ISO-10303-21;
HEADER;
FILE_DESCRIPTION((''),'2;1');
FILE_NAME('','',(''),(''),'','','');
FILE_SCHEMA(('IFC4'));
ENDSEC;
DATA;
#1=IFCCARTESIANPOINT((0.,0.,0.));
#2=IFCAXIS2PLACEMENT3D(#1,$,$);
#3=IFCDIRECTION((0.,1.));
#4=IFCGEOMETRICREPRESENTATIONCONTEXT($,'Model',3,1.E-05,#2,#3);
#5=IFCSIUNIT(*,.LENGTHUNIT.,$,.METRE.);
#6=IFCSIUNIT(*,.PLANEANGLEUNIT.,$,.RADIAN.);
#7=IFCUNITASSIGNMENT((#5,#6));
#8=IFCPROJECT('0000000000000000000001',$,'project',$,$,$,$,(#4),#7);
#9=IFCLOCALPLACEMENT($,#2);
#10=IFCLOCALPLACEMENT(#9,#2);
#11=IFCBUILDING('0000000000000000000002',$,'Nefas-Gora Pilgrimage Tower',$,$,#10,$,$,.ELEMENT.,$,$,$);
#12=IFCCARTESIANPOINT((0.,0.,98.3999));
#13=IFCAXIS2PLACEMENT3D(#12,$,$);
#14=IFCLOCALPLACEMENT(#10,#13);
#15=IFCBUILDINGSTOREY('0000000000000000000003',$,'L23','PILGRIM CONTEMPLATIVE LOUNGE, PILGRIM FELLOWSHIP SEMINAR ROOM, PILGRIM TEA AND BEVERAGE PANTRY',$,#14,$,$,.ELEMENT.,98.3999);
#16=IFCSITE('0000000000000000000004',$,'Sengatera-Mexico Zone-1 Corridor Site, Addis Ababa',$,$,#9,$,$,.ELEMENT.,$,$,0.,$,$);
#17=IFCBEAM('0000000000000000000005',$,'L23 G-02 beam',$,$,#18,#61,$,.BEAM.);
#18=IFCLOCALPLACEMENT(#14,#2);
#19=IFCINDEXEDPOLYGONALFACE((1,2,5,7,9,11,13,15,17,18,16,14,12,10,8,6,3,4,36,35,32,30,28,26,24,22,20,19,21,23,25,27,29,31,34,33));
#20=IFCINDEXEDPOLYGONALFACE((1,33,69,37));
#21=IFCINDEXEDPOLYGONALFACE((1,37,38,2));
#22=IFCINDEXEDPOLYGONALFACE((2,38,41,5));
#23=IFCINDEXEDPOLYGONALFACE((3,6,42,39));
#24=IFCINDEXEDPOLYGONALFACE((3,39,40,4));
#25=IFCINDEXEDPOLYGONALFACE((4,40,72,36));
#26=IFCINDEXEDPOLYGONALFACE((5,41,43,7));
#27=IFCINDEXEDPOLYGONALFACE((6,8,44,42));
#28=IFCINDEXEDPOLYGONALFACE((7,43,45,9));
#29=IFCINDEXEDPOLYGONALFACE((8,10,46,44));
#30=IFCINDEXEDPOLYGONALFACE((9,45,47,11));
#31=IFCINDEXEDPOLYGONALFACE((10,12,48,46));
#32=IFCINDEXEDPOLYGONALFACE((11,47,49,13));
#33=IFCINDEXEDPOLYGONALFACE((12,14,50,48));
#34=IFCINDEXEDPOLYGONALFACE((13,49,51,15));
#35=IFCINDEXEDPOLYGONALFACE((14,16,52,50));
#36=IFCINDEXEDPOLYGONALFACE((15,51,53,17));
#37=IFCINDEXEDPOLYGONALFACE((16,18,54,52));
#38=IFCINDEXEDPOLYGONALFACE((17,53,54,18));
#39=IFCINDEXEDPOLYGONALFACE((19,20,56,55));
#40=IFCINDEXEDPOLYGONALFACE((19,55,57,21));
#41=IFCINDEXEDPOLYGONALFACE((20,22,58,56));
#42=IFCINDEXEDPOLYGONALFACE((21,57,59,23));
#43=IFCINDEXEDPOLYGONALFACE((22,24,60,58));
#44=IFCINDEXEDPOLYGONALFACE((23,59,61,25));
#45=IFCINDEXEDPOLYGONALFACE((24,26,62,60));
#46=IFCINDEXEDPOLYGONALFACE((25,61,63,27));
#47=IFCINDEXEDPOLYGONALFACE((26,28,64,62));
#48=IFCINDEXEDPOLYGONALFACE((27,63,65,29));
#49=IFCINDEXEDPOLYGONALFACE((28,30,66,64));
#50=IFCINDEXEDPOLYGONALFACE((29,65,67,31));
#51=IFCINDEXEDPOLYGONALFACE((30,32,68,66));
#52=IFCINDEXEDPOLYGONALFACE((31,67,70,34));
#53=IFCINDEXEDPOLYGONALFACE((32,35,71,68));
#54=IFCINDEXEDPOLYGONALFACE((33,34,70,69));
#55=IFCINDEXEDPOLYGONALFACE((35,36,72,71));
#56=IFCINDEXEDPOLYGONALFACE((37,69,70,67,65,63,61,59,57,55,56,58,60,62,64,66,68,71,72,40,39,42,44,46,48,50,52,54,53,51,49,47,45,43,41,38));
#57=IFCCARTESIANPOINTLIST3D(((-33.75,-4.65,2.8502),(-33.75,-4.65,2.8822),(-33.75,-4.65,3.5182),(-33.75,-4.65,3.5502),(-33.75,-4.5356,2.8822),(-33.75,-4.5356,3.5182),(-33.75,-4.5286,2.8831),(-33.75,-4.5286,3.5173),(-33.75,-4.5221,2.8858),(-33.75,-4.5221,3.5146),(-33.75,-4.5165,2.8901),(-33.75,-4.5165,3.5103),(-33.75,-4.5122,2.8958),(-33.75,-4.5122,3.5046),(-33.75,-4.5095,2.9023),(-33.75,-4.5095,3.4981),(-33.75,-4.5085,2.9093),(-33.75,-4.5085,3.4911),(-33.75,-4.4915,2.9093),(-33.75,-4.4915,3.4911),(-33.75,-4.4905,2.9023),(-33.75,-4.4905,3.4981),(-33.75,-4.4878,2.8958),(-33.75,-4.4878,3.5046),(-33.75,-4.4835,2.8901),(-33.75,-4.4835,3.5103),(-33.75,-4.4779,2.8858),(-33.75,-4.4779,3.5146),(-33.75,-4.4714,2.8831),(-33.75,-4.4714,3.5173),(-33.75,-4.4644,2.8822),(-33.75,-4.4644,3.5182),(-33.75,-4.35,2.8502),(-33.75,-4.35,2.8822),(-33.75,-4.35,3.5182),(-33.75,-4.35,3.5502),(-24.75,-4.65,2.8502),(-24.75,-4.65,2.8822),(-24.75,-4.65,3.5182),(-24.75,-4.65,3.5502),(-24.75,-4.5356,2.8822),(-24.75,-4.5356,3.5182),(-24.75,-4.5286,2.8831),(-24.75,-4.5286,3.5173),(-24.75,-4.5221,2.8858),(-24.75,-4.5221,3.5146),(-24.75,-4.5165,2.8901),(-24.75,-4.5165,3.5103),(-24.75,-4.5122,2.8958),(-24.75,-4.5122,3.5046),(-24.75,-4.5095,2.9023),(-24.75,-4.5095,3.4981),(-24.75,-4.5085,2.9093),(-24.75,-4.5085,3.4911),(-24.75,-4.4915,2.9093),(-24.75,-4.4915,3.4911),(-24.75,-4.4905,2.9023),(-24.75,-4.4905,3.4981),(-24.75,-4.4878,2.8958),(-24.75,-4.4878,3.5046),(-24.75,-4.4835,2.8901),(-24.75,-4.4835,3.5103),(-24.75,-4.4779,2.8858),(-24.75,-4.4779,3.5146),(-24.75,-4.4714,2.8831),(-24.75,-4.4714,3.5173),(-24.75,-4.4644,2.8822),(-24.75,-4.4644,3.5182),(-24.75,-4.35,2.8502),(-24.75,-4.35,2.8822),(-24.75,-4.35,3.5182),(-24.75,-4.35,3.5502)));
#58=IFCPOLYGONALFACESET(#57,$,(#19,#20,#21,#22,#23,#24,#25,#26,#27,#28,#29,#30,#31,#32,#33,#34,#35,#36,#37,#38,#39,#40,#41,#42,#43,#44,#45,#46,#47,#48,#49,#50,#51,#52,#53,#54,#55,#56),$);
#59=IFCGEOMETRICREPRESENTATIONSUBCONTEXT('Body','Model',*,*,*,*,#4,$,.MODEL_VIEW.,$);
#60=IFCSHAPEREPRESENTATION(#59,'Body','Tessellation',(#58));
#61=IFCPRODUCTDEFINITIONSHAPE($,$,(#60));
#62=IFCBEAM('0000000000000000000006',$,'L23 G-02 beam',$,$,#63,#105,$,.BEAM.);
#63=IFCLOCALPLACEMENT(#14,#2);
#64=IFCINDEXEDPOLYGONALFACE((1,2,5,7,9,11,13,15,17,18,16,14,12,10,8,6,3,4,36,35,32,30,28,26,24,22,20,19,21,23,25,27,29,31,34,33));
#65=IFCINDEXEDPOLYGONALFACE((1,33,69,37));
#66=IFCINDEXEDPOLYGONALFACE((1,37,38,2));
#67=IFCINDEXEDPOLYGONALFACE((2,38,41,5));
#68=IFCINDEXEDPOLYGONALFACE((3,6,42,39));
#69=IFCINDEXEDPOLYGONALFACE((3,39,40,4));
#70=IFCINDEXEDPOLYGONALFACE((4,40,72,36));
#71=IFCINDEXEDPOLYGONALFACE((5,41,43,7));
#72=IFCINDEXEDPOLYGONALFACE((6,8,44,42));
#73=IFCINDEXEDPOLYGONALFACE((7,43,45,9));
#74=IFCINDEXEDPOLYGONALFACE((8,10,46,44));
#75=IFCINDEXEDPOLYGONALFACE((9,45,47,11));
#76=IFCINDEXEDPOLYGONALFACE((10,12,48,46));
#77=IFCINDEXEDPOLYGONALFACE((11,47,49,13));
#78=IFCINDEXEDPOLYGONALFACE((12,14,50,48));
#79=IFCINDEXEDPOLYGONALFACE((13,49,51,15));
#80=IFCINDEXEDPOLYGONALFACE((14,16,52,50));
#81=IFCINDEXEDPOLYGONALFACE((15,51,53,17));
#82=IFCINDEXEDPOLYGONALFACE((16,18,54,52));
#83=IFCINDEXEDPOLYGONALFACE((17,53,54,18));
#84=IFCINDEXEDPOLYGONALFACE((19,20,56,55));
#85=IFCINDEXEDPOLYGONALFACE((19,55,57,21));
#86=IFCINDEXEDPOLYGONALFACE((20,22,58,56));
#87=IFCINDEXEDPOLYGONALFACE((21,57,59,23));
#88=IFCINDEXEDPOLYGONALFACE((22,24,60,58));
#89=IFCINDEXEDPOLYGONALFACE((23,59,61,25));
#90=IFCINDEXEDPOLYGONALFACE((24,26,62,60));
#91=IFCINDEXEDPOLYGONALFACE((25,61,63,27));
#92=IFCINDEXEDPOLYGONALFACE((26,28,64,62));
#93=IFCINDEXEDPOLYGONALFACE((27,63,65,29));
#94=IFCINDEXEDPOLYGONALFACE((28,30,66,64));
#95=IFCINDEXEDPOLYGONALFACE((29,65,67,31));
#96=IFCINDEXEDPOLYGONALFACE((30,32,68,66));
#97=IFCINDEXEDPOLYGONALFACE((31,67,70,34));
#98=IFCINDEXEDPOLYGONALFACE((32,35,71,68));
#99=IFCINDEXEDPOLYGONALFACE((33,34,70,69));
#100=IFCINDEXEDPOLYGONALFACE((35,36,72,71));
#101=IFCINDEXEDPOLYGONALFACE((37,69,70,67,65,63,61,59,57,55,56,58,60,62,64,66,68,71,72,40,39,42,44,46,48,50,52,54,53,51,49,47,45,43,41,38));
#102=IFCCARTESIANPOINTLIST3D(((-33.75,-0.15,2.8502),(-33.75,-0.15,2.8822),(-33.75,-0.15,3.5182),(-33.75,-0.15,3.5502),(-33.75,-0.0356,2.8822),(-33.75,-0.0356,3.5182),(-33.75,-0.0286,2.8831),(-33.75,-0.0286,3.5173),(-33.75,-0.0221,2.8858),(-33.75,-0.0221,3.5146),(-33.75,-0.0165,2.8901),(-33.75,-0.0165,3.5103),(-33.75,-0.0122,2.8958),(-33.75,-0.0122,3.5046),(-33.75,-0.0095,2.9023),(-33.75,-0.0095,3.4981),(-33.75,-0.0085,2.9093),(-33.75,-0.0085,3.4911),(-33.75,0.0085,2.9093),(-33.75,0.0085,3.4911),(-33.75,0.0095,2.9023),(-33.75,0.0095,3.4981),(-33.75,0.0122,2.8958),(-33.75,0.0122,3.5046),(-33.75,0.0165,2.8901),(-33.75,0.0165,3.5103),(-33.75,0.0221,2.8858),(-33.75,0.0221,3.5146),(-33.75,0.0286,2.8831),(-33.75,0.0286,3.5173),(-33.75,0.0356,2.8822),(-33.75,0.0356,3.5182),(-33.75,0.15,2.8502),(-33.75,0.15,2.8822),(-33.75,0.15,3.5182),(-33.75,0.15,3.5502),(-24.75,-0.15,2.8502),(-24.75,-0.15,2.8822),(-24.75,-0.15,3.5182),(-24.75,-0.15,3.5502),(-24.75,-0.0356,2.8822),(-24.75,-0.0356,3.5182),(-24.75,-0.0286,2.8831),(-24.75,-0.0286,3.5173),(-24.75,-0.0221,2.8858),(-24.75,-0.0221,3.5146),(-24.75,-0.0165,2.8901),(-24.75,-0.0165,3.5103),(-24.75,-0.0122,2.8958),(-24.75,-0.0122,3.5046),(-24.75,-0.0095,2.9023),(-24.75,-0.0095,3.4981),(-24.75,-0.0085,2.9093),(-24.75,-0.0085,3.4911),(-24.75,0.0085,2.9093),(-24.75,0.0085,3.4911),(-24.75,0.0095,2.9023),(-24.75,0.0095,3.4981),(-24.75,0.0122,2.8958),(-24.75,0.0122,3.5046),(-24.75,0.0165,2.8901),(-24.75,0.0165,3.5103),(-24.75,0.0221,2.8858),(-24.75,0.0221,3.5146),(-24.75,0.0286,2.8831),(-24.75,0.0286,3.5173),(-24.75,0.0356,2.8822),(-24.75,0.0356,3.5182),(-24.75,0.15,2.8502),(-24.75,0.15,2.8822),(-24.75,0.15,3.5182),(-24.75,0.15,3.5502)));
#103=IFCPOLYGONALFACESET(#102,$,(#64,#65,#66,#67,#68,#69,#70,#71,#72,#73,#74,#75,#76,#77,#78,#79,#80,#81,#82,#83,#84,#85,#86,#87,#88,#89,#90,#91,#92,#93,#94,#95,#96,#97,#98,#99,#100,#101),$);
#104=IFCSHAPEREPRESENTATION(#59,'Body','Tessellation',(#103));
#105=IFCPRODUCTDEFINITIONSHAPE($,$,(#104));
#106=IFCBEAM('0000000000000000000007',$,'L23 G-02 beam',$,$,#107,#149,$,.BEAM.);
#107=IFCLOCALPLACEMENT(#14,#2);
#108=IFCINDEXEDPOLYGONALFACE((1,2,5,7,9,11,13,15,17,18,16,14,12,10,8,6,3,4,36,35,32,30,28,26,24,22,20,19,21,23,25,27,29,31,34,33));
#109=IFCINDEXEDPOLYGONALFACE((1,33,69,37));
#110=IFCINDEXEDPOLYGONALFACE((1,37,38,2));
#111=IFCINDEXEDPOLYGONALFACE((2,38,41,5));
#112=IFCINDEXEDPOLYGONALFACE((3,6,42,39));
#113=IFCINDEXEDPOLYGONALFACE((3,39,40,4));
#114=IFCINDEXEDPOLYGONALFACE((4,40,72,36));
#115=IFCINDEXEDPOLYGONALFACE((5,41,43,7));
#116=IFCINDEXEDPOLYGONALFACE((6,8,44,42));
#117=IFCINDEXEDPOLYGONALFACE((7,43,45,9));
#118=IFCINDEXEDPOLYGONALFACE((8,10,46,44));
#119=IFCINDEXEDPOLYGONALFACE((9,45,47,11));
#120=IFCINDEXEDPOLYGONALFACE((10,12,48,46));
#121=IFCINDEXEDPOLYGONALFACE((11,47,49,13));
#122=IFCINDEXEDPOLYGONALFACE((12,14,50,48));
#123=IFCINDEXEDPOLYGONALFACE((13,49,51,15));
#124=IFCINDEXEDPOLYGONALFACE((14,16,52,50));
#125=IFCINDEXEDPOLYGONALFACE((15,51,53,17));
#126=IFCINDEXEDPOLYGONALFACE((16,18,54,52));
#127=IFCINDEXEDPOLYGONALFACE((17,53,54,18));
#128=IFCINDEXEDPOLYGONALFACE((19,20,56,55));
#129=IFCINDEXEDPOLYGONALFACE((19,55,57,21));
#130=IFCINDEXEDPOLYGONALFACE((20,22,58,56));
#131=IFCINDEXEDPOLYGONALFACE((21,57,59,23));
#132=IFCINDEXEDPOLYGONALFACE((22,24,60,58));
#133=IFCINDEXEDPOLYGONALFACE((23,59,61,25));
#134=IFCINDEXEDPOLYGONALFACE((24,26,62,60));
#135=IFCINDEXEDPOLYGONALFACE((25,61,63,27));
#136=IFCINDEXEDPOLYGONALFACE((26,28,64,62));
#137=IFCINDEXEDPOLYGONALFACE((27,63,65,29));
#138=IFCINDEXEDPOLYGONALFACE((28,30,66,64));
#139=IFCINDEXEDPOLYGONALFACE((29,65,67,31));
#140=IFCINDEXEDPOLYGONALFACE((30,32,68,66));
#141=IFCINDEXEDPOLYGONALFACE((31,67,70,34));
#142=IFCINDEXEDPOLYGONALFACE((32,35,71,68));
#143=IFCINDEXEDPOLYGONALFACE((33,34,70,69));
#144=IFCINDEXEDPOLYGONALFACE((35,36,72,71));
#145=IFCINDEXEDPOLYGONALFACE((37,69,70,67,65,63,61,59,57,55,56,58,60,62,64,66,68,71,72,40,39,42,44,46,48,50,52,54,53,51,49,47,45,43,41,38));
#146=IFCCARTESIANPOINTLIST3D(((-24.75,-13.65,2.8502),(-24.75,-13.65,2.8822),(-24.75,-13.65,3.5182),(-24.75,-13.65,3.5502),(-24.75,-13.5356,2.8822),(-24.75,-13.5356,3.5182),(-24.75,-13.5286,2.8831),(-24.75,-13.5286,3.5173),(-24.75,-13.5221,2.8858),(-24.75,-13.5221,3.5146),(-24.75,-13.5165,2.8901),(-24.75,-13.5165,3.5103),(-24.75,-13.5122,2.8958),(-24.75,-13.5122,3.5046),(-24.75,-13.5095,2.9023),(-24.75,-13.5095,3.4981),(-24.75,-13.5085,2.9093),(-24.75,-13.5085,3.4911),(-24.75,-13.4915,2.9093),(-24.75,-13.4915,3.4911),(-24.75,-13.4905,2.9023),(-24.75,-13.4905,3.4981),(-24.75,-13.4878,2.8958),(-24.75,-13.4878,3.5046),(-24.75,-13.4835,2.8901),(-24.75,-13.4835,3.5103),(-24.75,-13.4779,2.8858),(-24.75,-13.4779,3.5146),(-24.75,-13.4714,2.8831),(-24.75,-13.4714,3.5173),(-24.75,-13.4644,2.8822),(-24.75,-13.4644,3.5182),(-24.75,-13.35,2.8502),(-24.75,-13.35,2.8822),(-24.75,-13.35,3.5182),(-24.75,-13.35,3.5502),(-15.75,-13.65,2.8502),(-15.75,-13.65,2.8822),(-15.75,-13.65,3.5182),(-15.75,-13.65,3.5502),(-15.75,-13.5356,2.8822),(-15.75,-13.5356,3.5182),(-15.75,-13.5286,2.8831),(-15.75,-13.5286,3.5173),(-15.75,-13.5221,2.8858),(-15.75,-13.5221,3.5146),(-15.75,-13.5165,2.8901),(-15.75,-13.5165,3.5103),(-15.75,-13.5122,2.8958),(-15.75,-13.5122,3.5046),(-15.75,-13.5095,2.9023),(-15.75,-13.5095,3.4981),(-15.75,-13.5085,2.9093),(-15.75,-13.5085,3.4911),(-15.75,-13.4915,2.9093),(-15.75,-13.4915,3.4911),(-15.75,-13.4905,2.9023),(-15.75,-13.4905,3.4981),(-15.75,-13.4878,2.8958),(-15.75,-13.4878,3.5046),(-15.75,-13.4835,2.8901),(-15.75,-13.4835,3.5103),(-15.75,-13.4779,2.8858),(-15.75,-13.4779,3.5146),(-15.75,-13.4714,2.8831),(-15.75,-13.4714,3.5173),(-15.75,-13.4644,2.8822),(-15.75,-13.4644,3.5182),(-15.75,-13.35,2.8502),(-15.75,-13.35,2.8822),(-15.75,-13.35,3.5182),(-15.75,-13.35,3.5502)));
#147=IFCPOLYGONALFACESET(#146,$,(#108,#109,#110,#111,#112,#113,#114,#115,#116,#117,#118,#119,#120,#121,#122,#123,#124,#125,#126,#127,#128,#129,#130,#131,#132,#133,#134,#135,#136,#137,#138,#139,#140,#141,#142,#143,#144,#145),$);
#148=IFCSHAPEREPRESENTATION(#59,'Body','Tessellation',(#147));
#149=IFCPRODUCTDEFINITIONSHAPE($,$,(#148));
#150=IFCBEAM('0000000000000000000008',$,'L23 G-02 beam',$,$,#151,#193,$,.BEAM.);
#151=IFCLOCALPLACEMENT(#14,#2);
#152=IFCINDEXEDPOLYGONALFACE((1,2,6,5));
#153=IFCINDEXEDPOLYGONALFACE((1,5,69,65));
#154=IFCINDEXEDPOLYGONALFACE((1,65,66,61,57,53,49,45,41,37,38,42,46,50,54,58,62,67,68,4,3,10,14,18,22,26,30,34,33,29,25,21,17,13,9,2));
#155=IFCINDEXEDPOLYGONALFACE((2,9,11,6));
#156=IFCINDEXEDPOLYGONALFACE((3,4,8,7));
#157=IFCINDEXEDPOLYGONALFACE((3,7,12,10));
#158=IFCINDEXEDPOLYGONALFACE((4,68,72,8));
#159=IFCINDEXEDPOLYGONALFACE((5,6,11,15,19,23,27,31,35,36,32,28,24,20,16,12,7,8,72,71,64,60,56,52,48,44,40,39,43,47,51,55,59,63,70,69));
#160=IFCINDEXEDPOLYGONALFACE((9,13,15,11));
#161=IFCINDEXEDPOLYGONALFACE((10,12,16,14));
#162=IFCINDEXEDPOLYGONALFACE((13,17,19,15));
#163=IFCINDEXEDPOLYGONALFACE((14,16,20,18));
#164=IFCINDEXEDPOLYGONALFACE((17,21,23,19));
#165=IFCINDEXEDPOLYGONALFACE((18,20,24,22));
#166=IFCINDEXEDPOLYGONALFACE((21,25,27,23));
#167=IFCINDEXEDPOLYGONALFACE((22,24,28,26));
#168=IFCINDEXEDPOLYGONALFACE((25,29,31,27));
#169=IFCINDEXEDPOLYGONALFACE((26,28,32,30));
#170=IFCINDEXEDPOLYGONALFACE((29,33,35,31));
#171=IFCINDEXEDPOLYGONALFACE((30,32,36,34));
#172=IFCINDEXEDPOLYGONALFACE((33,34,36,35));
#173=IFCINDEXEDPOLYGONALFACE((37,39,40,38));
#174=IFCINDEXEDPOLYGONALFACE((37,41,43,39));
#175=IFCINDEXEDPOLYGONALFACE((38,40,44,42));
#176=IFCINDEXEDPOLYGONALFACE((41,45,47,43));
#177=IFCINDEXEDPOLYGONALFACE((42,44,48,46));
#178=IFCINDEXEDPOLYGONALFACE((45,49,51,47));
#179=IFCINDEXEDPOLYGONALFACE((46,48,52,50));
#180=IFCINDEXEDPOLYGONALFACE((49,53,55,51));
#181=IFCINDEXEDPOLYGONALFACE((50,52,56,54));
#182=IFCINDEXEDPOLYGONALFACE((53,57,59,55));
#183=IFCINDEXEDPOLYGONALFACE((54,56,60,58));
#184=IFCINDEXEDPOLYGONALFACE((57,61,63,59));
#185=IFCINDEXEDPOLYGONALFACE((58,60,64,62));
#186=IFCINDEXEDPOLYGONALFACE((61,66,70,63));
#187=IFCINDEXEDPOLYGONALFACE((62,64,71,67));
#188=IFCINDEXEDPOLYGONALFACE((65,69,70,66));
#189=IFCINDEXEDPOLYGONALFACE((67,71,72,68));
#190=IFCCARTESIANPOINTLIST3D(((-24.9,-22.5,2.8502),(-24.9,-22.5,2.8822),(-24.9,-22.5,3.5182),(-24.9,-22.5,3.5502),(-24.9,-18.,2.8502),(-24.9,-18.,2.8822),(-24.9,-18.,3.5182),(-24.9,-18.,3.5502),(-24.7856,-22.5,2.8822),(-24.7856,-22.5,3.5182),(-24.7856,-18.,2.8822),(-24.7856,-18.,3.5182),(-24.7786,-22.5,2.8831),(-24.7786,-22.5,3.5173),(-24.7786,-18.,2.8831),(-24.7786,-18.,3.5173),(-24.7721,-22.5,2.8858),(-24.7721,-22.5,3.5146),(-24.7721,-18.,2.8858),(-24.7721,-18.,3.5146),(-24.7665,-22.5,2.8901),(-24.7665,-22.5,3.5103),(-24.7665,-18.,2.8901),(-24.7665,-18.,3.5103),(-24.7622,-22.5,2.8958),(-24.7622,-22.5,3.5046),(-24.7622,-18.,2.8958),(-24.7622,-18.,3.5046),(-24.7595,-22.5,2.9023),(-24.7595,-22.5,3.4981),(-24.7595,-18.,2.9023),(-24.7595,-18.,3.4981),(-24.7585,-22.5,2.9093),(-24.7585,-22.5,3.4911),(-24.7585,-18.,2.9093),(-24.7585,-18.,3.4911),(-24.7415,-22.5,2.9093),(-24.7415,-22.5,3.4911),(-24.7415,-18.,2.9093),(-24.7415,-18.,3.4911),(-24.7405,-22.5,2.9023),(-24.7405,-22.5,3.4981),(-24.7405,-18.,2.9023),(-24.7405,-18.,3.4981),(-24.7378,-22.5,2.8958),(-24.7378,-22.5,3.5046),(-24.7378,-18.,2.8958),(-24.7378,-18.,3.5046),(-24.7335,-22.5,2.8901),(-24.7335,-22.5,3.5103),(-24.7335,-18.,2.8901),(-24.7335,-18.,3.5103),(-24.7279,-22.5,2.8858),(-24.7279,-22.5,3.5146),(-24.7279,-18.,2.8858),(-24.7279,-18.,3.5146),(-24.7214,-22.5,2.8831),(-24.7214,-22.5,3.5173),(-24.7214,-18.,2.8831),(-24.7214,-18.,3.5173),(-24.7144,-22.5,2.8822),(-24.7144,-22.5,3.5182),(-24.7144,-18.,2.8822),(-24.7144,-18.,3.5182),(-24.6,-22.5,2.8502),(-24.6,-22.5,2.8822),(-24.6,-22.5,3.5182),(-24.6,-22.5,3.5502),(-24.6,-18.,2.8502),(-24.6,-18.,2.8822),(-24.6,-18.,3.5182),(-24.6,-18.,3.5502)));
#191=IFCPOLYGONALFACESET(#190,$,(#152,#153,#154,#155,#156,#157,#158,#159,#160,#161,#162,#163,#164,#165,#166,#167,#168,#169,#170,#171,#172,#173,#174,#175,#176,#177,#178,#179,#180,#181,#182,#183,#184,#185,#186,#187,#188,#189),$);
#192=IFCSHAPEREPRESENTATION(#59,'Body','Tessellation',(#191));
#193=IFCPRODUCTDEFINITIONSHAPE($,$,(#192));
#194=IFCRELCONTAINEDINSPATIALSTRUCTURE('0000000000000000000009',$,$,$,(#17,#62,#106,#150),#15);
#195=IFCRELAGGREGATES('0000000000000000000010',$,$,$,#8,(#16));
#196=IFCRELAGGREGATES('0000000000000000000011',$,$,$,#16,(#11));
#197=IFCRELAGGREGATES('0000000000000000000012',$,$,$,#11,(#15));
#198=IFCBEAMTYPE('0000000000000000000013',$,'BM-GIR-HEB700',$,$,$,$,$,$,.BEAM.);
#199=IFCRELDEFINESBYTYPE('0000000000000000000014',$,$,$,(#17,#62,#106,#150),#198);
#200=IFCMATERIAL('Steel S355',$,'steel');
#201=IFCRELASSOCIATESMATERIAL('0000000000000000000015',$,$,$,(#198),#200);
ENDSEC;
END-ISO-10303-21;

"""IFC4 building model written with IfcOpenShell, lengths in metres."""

from ifc_helpers import new_model, si_unit, direction, frame, origin, origin_2d, place, context, subcontext, project, spatial, i_section, extrude, source, transform, mapped, material, material_profile, profile_set, type_object, element, save


model = new_model("IFC4")

# Units and contexts
model_context = context("Model", 3, precision=1e-05, world=origin(), true_north=direction((0.0, 1.0)))
body_context = subcontext(model_context, "Body", "Model", "MODEL_VIEW")
ifc_project = project(units=[si_unit("LENGTHUNIT", "METRE"), si_unit("PLANEANGLEUNIT", "RADIAN")], contexts=[model_context])

# Site, building, storey
site_placement = place(None, origin())
site = spatial("IfcSite", under=ifc_project, at=site_placement, Name="Sengatera-Mexico Zone-1 Corridor Site, Addis Ababa", CompositionType="ELEMENT", RefElevation=0.0)
building_placement = place(site_placement, origin())
building = spatial("IfcBuilding", under=site, at=building_placement, Name="Nefas-Gora Pilgrimage Tower", CompositionType="ELEMENT")
storey_placement = place(building_placement, frame((0.0, 0.0, 98.3999)))
storey = spatial("IfcBuildingStorey", under=building, at=storey_placement, Name="L23", Description="PILGRIM CONTEMPLATIVE LOUNGE, PILGRIM FELLOWSHIP SEMINAR ROOM, PILGRIM TEA AND BEVERAGE PANTRY", CompositionType="ELEMENT", Elevation=98.3999)

# Beams
ifc_material_1 = material(Name="Steel S355", Category="steel")
ifc_material_profile_1 = material_profile(ifc_material_1, i_section(OverallWidth=0.3, OverallDepth=0.7, WebThickness=0.0171, FlangeThickness=0.032, FilletRadius=0.0271, at=origin_2d()), Name="HEB 700")
ifc_profile_set_1 = profile_set([ifc_material_profile_1], Name="Steel S355")
beam_type_1 = type_object("IfcBeamType", Name="BM-GIR-HEB700", PredefinedType="BEAM", material=ifc_profile_set_1)
shared_shape_1 = source(origin(), body_context, "Body", "SweptSolid", [
    extrude(i_section(OverallWidth=0.3, OverallDepth=0.7, WebThickness=0.0171, FlangeThickness=0.032, FilletRadius=0.0271, at=origin_2d()), origin(), (0.0, 0.0, 1.0), 9.0),
])
for number, where, z_axis, x_axis, name in (
    (1, (-33.75, -4.5, 3.2002), (1.0, 0.0, 0.0), (0.0, 1.0, 0.0), "L23 G-02 beam"),
    (2, (-33.75, 0.0, 3.2002), (1.0, 0.0, 0.0), (0.0, 1.0, 0.0), "L23 G-02 beam"),
    (3, (-24.75, -13.5, 3.2002), (1.0, 0.0, 0.0), (0.0, 1.0, 0.0), "L23 G-02 beam"),
):
    element("IfcBeam", number, at=place(storey_placement, frame(where, z_axis=z_axis, x_axis=x_axis)), inside=storey, type_object=beam_type_1, Name=name, PredefinedType="BEAM", context=body_context, shape_type="MappedRepresentation", body=[
        mapped(shared_shape_1, transform((0.0, 0.0, 0.0), x_axis=(1.0, 0.0, 0.0), y_axis=(0.0, 1.0, 0.0), z_axis=(0.0, 0.0, 1.0), scale=1.0)),
    ])
shared_shape_2 = source(origin(), body_context, "Body", "SweptSolid", [
    extrude(i_section(OverallWidth=0.3, OverallDepth=0.7, WebThickness=0.0171, FlangeThickness=0.032, FilletRadius=0.0271, at=origin_2d()), origin(), (0.0, 0.0, 1.0), 4.5),
])
for number, where, z_axis, x_axis, name in (
    (4, (-24.75, -22.5, 3.2002), (0.0, 1.0, 0.0), (-1.0, 0.0, 0.0), "L23 G-02 beam"),
):
    element("IfcBeam", number, at=place(storey_placement, frame(where, z_axis=z_axis, x_axis=x_axis)), inside=storey, type_object=beam_type_1, Name=name, PredefinedType="BEAM", context=body_context, shape_type="MappedRepresentation", body=[
        mapped(shared_shape_2, transform((0.0, 0.0, 0.0), x_axis=(1.0, 0.0, 0.0), y_axis=(0.0, 1.0, 0.0), z_axis=(0.0, 0.0, 1.0), scale=1.0)),
    ])

save(model, "model.ifc")
